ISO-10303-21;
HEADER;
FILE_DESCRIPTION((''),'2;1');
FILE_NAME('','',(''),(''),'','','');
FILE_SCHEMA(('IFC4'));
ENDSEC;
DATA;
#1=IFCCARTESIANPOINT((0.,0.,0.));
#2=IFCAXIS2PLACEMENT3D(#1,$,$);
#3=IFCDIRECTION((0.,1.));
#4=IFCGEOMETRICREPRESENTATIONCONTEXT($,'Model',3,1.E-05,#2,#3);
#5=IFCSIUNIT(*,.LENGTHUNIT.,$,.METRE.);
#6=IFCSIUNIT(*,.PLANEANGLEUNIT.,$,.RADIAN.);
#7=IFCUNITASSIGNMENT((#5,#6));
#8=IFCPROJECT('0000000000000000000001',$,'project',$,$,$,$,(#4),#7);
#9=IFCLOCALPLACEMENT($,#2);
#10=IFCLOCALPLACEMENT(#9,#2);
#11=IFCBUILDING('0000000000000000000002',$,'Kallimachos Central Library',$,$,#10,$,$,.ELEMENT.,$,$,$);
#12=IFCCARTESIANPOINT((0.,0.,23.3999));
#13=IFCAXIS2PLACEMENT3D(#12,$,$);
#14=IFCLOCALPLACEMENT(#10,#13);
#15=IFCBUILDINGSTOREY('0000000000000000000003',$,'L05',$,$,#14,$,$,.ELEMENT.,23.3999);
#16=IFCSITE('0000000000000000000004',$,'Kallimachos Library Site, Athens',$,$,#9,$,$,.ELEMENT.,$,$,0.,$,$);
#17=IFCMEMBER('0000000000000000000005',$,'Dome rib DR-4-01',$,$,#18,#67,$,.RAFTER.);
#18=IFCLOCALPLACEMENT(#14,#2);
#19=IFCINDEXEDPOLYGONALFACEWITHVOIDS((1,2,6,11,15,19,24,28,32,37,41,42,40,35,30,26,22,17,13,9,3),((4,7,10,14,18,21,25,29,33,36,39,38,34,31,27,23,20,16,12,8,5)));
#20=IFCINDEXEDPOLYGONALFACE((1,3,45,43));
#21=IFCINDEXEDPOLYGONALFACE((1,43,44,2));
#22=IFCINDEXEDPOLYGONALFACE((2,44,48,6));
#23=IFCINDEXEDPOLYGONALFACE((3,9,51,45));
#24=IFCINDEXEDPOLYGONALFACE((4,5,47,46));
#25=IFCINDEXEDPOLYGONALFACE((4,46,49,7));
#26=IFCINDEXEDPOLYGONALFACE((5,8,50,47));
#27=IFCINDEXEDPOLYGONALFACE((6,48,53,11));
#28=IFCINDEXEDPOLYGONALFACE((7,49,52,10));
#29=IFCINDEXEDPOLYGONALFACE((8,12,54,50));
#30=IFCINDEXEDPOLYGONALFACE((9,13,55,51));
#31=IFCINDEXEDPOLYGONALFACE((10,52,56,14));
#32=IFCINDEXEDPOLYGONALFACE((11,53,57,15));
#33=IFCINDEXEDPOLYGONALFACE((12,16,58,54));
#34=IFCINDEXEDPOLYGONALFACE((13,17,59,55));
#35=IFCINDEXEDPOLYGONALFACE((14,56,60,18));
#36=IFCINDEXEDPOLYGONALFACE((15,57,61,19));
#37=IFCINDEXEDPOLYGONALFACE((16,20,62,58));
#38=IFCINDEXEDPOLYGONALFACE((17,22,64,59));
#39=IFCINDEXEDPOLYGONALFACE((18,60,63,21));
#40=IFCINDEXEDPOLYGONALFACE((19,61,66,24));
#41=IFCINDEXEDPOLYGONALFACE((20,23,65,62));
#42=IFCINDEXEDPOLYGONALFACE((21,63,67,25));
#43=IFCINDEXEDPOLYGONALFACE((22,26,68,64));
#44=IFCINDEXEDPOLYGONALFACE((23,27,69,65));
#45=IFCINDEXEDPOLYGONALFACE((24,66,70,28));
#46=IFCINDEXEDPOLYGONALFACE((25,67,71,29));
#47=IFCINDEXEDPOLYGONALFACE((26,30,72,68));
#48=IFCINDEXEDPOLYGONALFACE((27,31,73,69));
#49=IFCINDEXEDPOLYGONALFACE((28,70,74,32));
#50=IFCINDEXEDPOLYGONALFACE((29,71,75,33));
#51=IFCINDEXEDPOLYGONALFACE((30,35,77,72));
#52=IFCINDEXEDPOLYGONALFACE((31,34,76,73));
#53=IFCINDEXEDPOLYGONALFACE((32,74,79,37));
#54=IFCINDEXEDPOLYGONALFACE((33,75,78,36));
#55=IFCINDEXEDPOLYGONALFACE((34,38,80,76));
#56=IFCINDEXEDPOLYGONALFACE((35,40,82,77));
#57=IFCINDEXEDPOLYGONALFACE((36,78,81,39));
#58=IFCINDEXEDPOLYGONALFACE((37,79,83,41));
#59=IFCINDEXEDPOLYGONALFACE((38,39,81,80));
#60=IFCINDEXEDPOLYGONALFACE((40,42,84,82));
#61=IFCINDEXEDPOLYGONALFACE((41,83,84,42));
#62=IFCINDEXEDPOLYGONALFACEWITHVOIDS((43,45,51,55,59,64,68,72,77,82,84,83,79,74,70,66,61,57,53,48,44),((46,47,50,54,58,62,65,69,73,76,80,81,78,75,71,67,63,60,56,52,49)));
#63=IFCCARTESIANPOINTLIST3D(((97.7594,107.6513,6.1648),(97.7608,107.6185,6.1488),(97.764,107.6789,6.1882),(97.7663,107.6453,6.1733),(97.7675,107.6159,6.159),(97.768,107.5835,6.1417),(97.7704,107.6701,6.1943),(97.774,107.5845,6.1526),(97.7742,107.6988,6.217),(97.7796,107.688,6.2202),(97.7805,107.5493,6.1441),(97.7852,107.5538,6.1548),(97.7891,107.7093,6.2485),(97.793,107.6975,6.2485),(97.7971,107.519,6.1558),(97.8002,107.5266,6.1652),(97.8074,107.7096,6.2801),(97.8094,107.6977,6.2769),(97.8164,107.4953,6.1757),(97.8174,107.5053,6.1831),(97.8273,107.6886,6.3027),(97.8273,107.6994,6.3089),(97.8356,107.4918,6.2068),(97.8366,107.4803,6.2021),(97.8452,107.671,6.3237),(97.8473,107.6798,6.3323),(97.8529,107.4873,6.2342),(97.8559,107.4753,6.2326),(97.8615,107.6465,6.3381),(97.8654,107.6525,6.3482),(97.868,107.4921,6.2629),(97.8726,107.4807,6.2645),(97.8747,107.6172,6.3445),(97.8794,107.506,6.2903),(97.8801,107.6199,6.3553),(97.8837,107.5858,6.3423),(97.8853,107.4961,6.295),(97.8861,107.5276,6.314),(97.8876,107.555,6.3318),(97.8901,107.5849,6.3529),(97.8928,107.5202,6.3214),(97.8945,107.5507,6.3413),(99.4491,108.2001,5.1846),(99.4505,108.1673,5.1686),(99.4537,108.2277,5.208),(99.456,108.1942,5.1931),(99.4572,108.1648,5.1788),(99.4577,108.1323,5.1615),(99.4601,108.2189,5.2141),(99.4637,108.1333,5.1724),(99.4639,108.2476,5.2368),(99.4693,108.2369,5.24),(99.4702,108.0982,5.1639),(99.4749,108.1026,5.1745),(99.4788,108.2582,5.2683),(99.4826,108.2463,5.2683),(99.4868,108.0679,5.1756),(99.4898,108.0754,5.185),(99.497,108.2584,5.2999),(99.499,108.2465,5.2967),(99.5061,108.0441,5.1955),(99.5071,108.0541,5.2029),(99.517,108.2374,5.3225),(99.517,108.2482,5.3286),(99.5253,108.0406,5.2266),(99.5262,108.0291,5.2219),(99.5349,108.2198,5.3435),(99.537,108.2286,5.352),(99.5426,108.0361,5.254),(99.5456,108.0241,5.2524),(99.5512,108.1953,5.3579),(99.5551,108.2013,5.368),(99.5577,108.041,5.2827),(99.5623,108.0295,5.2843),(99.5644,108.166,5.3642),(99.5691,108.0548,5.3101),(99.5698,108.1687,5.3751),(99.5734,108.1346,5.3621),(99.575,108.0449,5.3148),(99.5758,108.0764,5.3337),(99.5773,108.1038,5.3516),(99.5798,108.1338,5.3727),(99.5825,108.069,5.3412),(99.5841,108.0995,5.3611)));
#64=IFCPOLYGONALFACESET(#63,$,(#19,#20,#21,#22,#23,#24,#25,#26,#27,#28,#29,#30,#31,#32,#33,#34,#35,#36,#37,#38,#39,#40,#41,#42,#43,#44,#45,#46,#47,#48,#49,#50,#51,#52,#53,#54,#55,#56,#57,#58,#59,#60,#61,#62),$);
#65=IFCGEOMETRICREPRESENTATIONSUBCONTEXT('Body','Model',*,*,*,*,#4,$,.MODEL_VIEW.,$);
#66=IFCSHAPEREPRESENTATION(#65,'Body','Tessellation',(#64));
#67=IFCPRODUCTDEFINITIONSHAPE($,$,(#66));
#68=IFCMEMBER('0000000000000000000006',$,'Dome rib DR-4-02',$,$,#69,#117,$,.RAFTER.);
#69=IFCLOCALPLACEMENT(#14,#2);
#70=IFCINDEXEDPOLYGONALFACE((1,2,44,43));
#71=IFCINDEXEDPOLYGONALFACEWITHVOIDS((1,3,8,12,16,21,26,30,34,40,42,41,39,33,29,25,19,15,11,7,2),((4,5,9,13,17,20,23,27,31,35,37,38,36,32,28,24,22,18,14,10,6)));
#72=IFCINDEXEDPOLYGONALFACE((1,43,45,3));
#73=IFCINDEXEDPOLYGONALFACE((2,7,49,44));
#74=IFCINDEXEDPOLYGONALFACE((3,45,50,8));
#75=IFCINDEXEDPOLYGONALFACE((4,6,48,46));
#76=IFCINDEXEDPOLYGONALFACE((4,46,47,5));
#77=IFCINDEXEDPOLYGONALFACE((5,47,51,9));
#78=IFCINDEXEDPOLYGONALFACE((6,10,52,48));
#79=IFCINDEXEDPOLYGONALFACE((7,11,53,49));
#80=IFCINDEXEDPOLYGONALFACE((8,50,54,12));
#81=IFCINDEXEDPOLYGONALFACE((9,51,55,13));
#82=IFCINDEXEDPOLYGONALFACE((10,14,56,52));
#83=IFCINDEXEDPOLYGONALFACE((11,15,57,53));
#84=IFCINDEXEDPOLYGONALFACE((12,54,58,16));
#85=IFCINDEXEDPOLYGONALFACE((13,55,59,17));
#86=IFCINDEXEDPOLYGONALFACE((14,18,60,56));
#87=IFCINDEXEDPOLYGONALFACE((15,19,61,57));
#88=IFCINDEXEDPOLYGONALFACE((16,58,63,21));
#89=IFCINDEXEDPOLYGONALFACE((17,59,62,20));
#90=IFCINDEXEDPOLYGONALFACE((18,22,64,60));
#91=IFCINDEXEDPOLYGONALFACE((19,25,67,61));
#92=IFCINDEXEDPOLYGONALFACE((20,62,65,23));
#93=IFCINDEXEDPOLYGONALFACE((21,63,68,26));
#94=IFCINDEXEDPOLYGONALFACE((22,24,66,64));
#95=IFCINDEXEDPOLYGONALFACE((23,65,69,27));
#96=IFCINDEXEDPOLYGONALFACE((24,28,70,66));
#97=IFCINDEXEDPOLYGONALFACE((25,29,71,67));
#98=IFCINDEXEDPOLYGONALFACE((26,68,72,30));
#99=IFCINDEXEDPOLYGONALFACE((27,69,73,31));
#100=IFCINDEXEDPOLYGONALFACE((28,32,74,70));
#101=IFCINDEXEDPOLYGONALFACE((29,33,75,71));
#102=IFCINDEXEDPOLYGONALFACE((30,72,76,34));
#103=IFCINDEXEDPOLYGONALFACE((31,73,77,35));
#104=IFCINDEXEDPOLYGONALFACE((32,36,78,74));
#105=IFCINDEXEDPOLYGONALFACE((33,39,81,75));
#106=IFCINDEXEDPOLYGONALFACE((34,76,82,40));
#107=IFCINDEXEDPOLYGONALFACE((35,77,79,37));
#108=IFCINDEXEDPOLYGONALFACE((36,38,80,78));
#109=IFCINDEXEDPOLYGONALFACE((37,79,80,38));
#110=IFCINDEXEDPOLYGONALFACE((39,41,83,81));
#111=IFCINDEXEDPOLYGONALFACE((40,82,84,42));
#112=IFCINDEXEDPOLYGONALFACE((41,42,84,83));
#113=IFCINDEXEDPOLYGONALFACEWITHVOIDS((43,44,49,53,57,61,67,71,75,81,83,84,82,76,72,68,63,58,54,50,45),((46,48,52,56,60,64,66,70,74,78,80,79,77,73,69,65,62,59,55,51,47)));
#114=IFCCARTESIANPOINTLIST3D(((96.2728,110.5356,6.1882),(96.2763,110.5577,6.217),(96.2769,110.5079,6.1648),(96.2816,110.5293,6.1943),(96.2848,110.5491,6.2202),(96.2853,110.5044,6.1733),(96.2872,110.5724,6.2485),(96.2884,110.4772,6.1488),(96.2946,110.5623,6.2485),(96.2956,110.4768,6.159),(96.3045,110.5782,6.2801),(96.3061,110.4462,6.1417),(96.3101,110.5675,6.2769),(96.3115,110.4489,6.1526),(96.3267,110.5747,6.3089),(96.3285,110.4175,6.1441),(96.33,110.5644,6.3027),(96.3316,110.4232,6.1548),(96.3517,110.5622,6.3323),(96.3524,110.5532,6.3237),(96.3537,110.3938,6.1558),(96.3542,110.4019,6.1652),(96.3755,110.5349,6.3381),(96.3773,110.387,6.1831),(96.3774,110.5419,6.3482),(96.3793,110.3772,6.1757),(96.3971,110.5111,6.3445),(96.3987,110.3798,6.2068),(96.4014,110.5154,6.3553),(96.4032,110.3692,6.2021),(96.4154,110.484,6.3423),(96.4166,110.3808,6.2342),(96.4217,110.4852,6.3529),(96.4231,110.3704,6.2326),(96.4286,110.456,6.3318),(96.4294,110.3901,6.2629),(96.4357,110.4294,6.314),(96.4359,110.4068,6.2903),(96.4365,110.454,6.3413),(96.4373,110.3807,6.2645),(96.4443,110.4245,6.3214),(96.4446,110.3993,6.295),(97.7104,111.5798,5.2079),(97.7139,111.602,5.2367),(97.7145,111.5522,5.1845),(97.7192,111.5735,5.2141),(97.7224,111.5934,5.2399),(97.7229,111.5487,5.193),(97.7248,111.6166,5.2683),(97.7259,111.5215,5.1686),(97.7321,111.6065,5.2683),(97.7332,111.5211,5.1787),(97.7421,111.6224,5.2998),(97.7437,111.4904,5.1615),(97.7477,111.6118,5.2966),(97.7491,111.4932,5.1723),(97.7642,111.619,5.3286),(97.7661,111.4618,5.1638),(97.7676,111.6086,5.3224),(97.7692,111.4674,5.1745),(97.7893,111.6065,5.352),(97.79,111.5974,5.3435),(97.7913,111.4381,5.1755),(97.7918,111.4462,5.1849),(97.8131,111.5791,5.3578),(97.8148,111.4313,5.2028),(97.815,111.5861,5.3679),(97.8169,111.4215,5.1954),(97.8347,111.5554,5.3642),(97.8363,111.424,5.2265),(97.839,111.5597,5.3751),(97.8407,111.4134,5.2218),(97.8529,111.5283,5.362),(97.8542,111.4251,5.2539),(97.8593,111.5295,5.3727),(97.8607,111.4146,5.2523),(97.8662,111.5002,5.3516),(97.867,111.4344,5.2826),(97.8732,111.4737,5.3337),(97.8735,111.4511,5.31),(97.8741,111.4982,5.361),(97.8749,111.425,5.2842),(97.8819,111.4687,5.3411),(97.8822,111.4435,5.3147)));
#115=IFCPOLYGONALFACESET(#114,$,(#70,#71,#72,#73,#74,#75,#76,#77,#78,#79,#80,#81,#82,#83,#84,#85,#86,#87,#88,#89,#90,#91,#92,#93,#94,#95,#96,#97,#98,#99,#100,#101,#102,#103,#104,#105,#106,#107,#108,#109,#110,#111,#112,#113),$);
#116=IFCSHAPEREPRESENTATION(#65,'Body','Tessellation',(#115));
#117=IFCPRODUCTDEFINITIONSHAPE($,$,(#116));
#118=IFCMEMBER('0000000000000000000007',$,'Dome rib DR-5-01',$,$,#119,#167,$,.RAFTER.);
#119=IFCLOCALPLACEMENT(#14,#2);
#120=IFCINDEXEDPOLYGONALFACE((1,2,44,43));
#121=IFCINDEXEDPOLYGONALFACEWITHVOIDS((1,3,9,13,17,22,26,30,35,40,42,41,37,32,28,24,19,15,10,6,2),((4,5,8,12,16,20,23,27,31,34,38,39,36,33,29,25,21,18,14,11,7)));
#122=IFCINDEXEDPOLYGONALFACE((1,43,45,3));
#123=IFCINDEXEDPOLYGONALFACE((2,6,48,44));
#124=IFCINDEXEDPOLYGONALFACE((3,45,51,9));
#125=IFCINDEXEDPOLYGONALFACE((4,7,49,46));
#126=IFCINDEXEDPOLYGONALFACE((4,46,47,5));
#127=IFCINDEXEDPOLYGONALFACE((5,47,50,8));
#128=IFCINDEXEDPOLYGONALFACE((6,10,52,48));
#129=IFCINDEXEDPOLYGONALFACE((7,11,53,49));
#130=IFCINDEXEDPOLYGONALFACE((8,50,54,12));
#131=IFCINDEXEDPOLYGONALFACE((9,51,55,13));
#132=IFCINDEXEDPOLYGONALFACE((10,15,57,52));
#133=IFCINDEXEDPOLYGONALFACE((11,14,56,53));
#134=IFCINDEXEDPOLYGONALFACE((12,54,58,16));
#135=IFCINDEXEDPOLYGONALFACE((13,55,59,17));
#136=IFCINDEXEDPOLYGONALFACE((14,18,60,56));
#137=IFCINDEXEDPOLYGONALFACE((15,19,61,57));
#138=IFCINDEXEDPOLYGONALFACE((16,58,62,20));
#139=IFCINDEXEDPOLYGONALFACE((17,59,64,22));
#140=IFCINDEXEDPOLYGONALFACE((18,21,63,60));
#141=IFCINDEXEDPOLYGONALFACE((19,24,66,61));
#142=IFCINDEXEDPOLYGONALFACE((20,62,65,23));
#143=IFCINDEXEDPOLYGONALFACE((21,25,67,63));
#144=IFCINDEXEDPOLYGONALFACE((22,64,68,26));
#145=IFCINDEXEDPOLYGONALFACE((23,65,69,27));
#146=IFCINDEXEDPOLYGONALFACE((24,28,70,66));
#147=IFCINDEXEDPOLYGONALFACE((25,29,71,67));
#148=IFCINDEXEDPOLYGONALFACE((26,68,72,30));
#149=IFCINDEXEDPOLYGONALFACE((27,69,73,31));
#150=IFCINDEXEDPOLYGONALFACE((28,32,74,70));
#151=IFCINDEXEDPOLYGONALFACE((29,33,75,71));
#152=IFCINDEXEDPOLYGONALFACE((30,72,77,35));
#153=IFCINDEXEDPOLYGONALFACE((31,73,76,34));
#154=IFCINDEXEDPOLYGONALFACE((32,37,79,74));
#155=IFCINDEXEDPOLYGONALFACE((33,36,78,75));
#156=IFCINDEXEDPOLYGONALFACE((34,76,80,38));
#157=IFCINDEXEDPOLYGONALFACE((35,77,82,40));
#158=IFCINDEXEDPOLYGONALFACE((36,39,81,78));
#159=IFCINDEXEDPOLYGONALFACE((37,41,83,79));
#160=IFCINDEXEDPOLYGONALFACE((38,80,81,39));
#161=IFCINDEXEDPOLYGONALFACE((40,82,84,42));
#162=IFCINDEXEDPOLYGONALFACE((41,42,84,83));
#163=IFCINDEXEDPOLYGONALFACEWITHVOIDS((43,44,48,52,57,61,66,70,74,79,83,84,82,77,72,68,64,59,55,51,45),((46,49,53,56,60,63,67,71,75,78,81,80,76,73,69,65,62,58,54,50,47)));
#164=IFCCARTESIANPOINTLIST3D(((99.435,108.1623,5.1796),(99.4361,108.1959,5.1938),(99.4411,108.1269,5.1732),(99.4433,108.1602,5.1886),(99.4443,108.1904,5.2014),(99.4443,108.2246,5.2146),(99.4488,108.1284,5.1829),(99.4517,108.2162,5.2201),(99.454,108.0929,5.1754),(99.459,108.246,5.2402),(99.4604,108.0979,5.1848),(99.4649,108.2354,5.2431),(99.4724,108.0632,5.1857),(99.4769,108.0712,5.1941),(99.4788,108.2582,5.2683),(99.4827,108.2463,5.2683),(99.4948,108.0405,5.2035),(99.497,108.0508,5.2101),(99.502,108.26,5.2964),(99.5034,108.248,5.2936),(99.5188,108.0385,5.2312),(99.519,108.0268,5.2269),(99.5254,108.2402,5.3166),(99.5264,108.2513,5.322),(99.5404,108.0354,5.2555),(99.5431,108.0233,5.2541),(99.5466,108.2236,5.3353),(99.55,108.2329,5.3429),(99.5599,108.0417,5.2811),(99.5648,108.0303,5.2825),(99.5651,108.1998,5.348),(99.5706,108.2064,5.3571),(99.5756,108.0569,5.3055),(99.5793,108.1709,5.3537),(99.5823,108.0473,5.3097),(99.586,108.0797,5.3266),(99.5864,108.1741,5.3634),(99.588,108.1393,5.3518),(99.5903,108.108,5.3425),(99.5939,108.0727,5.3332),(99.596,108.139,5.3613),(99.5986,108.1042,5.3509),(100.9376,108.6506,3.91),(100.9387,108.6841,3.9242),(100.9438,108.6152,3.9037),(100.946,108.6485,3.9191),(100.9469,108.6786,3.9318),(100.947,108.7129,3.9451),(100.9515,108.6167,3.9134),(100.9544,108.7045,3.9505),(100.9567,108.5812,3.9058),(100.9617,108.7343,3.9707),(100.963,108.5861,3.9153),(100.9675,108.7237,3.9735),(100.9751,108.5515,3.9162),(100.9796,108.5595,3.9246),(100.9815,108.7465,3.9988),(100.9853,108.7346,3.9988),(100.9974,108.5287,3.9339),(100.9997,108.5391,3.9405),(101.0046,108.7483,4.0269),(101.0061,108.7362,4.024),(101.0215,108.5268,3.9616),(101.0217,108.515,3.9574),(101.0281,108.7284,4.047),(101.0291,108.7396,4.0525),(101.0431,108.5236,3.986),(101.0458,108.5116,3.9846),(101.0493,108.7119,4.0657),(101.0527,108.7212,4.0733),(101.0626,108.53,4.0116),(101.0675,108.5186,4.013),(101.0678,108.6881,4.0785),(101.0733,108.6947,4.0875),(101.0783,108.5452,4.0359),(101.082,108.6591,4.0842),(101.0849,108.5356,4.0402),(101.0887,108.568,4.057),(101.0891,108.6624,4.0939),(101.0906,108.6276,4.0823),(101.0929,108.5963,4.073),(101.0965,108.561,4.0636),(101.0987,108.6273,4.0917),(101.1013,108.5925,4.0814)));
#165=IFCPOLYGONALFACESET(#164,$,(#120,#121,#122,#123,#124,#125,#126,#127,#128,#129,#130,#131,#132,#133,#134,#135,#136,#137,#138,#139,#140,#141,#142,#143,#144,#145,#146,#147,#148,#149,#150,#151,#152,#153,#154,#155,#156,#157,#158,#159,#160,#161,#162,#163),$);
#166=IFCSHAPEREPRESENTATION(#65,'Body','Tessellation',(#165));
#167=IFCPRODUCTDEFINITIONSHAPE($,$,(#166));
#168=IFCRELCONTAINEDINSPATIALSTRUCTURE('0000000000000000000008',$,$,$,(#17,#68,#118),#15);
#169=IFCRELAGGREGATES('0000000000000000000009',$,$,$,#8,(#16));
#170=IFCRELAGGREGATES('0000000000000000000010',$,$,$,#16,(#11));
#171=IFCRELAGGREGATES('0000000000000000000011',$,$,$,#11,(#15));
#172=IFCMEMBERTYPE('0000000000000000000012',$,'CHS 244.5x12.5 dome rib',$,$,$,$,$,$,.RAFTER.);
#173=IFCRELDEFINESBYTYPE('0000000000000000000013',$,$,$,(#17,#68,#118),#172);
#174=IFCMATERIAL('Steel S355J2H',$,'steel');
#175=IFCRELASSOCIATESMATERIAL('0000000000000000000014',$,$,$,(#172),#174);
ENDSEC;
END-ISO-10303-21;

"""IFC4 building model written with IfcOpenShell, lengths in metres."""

from ifc_helpers import new_model, si_unit, direction, frame, origin, origin_2d, place, context, subcontext, project, spatial, hollow_circle, extrude, material, material_profile, profile_set, type_object, element, save


model = new_model("IFC4")

# Units and contexts
model_context = context("Model", 3, precision=1e-05, world=origin(), true_north=direction((0.0, 1.0)))
body_context = subcontext(model_context, "Body", "Model", "MODEL_VIEW")
ifc_project = project(units=[si_unit("LENGTHUNIT", "METRE"), si_unit("PLANEANGLEUNIT", "RADIAN")], contexts=[model_context])

# Site, building, storey
site_placement = place(None, origin())
site = spatial("IfcSite", under=ifc_project, at=site_placement, Name="Kallimachos Library Site, Athens", CompositionType="ELEMENT", RefElevation=0.0)
building_placement = place(site_placement, origin())
building = spatial("IfcBuilding", under=site, at=building_placement, Name="Kallimachos Central Library", CompositionType="ELEMENT")
storey_placement = place(building_placement, frame((0.0, 0.0, 23.3999)))
storey = spatial("IfcBuildingStorey", under=building, at=storey_placement, Name="L05", CompositionType="ELEMENT", Elevation=23.3999)

# Members
ifc_material_1 = material(Name="Steel S355J2H", Category="steel")
ifc_material_profile_1 = material_profile(ifc_material_1, hollow_circle(Radius=0.1223, WallThickness=0.0125, at=origin_2d()), Name="CHS 244.5x12.5")
ifc_profile_set_1 = profile_set([ifc_material_profile_1], Name="Steel S355J2H")
member_type_1 = type_object("IfcMemberType", Name="CHS 244.5x12.5 dome rib", PredefinedType="RAFTER", material=ifc_profile_set_1)
member_1_placement = place(storey_placement, frame((97.8269, 107.593, 6.2485), z_axis=(0.832744, 0.270482, -0.48309), x_axis=(-0.308921, 0.951088, 0.0)))
element("IfcMember", 1, at=member_1_placement, inside=storey, type_object=member_type_1, Name="Dome rib DR-4-01", PredefinedType="RAFTER", context=body_context, shape_type="SweptSolid", body=[
    extrude(hollow_circle(Radius=0.1223, WallThickness=0.0125, at=origin_2d()), origin(), (0.0, 0.0, 1.0), 2.0291),
])
member_2_placement = place(storey_placement, frame((96.3591, 110.4734, 6.2485), z_axis=(0.708414, 0.514586, -0.483064), x_axis=(-0.587706, 0.809075, 0.0)))
element("IfcMember", 2, at=member_2_placement, inside=storey, type_object=member_type_1, Name="Dome rib DR-4-02", PredefinedType="RAFTER", context=body_context, shape_type="SweptSolid", body=[
    extrude(hollow_circle(Radius=0.1223, WallThickness=0.0125, at=origin_2d()), origin(), (0.0, 0.0, 1.0), 2.0293),
])
for number, where, z_axis, x_axis, name in (
    (3, (99.5166, 108.1418, 5.2683), (0.741383, 0.240904, -0.626351), (-0.309034, 0.951051, 0.0), "Dome rib DR-5-01"),
):
    element("IfcMember", number, at=place(storey_placement, frame(where, z_axis=z_axis, x_axis=x_axis)), inside=storey, type_object=member_type_1, Name=name, PredefinedType="RAFTER", context=body_context, shape_type="SweptSolid", body=[
        extrude(hollow_circle(Radius=0.1223, WallThickness=0.0125, at=origin_2d()), origin(), (0.0, 0.0, 1.0), 2.0269),
    ])

save(model, "model.ifc")
